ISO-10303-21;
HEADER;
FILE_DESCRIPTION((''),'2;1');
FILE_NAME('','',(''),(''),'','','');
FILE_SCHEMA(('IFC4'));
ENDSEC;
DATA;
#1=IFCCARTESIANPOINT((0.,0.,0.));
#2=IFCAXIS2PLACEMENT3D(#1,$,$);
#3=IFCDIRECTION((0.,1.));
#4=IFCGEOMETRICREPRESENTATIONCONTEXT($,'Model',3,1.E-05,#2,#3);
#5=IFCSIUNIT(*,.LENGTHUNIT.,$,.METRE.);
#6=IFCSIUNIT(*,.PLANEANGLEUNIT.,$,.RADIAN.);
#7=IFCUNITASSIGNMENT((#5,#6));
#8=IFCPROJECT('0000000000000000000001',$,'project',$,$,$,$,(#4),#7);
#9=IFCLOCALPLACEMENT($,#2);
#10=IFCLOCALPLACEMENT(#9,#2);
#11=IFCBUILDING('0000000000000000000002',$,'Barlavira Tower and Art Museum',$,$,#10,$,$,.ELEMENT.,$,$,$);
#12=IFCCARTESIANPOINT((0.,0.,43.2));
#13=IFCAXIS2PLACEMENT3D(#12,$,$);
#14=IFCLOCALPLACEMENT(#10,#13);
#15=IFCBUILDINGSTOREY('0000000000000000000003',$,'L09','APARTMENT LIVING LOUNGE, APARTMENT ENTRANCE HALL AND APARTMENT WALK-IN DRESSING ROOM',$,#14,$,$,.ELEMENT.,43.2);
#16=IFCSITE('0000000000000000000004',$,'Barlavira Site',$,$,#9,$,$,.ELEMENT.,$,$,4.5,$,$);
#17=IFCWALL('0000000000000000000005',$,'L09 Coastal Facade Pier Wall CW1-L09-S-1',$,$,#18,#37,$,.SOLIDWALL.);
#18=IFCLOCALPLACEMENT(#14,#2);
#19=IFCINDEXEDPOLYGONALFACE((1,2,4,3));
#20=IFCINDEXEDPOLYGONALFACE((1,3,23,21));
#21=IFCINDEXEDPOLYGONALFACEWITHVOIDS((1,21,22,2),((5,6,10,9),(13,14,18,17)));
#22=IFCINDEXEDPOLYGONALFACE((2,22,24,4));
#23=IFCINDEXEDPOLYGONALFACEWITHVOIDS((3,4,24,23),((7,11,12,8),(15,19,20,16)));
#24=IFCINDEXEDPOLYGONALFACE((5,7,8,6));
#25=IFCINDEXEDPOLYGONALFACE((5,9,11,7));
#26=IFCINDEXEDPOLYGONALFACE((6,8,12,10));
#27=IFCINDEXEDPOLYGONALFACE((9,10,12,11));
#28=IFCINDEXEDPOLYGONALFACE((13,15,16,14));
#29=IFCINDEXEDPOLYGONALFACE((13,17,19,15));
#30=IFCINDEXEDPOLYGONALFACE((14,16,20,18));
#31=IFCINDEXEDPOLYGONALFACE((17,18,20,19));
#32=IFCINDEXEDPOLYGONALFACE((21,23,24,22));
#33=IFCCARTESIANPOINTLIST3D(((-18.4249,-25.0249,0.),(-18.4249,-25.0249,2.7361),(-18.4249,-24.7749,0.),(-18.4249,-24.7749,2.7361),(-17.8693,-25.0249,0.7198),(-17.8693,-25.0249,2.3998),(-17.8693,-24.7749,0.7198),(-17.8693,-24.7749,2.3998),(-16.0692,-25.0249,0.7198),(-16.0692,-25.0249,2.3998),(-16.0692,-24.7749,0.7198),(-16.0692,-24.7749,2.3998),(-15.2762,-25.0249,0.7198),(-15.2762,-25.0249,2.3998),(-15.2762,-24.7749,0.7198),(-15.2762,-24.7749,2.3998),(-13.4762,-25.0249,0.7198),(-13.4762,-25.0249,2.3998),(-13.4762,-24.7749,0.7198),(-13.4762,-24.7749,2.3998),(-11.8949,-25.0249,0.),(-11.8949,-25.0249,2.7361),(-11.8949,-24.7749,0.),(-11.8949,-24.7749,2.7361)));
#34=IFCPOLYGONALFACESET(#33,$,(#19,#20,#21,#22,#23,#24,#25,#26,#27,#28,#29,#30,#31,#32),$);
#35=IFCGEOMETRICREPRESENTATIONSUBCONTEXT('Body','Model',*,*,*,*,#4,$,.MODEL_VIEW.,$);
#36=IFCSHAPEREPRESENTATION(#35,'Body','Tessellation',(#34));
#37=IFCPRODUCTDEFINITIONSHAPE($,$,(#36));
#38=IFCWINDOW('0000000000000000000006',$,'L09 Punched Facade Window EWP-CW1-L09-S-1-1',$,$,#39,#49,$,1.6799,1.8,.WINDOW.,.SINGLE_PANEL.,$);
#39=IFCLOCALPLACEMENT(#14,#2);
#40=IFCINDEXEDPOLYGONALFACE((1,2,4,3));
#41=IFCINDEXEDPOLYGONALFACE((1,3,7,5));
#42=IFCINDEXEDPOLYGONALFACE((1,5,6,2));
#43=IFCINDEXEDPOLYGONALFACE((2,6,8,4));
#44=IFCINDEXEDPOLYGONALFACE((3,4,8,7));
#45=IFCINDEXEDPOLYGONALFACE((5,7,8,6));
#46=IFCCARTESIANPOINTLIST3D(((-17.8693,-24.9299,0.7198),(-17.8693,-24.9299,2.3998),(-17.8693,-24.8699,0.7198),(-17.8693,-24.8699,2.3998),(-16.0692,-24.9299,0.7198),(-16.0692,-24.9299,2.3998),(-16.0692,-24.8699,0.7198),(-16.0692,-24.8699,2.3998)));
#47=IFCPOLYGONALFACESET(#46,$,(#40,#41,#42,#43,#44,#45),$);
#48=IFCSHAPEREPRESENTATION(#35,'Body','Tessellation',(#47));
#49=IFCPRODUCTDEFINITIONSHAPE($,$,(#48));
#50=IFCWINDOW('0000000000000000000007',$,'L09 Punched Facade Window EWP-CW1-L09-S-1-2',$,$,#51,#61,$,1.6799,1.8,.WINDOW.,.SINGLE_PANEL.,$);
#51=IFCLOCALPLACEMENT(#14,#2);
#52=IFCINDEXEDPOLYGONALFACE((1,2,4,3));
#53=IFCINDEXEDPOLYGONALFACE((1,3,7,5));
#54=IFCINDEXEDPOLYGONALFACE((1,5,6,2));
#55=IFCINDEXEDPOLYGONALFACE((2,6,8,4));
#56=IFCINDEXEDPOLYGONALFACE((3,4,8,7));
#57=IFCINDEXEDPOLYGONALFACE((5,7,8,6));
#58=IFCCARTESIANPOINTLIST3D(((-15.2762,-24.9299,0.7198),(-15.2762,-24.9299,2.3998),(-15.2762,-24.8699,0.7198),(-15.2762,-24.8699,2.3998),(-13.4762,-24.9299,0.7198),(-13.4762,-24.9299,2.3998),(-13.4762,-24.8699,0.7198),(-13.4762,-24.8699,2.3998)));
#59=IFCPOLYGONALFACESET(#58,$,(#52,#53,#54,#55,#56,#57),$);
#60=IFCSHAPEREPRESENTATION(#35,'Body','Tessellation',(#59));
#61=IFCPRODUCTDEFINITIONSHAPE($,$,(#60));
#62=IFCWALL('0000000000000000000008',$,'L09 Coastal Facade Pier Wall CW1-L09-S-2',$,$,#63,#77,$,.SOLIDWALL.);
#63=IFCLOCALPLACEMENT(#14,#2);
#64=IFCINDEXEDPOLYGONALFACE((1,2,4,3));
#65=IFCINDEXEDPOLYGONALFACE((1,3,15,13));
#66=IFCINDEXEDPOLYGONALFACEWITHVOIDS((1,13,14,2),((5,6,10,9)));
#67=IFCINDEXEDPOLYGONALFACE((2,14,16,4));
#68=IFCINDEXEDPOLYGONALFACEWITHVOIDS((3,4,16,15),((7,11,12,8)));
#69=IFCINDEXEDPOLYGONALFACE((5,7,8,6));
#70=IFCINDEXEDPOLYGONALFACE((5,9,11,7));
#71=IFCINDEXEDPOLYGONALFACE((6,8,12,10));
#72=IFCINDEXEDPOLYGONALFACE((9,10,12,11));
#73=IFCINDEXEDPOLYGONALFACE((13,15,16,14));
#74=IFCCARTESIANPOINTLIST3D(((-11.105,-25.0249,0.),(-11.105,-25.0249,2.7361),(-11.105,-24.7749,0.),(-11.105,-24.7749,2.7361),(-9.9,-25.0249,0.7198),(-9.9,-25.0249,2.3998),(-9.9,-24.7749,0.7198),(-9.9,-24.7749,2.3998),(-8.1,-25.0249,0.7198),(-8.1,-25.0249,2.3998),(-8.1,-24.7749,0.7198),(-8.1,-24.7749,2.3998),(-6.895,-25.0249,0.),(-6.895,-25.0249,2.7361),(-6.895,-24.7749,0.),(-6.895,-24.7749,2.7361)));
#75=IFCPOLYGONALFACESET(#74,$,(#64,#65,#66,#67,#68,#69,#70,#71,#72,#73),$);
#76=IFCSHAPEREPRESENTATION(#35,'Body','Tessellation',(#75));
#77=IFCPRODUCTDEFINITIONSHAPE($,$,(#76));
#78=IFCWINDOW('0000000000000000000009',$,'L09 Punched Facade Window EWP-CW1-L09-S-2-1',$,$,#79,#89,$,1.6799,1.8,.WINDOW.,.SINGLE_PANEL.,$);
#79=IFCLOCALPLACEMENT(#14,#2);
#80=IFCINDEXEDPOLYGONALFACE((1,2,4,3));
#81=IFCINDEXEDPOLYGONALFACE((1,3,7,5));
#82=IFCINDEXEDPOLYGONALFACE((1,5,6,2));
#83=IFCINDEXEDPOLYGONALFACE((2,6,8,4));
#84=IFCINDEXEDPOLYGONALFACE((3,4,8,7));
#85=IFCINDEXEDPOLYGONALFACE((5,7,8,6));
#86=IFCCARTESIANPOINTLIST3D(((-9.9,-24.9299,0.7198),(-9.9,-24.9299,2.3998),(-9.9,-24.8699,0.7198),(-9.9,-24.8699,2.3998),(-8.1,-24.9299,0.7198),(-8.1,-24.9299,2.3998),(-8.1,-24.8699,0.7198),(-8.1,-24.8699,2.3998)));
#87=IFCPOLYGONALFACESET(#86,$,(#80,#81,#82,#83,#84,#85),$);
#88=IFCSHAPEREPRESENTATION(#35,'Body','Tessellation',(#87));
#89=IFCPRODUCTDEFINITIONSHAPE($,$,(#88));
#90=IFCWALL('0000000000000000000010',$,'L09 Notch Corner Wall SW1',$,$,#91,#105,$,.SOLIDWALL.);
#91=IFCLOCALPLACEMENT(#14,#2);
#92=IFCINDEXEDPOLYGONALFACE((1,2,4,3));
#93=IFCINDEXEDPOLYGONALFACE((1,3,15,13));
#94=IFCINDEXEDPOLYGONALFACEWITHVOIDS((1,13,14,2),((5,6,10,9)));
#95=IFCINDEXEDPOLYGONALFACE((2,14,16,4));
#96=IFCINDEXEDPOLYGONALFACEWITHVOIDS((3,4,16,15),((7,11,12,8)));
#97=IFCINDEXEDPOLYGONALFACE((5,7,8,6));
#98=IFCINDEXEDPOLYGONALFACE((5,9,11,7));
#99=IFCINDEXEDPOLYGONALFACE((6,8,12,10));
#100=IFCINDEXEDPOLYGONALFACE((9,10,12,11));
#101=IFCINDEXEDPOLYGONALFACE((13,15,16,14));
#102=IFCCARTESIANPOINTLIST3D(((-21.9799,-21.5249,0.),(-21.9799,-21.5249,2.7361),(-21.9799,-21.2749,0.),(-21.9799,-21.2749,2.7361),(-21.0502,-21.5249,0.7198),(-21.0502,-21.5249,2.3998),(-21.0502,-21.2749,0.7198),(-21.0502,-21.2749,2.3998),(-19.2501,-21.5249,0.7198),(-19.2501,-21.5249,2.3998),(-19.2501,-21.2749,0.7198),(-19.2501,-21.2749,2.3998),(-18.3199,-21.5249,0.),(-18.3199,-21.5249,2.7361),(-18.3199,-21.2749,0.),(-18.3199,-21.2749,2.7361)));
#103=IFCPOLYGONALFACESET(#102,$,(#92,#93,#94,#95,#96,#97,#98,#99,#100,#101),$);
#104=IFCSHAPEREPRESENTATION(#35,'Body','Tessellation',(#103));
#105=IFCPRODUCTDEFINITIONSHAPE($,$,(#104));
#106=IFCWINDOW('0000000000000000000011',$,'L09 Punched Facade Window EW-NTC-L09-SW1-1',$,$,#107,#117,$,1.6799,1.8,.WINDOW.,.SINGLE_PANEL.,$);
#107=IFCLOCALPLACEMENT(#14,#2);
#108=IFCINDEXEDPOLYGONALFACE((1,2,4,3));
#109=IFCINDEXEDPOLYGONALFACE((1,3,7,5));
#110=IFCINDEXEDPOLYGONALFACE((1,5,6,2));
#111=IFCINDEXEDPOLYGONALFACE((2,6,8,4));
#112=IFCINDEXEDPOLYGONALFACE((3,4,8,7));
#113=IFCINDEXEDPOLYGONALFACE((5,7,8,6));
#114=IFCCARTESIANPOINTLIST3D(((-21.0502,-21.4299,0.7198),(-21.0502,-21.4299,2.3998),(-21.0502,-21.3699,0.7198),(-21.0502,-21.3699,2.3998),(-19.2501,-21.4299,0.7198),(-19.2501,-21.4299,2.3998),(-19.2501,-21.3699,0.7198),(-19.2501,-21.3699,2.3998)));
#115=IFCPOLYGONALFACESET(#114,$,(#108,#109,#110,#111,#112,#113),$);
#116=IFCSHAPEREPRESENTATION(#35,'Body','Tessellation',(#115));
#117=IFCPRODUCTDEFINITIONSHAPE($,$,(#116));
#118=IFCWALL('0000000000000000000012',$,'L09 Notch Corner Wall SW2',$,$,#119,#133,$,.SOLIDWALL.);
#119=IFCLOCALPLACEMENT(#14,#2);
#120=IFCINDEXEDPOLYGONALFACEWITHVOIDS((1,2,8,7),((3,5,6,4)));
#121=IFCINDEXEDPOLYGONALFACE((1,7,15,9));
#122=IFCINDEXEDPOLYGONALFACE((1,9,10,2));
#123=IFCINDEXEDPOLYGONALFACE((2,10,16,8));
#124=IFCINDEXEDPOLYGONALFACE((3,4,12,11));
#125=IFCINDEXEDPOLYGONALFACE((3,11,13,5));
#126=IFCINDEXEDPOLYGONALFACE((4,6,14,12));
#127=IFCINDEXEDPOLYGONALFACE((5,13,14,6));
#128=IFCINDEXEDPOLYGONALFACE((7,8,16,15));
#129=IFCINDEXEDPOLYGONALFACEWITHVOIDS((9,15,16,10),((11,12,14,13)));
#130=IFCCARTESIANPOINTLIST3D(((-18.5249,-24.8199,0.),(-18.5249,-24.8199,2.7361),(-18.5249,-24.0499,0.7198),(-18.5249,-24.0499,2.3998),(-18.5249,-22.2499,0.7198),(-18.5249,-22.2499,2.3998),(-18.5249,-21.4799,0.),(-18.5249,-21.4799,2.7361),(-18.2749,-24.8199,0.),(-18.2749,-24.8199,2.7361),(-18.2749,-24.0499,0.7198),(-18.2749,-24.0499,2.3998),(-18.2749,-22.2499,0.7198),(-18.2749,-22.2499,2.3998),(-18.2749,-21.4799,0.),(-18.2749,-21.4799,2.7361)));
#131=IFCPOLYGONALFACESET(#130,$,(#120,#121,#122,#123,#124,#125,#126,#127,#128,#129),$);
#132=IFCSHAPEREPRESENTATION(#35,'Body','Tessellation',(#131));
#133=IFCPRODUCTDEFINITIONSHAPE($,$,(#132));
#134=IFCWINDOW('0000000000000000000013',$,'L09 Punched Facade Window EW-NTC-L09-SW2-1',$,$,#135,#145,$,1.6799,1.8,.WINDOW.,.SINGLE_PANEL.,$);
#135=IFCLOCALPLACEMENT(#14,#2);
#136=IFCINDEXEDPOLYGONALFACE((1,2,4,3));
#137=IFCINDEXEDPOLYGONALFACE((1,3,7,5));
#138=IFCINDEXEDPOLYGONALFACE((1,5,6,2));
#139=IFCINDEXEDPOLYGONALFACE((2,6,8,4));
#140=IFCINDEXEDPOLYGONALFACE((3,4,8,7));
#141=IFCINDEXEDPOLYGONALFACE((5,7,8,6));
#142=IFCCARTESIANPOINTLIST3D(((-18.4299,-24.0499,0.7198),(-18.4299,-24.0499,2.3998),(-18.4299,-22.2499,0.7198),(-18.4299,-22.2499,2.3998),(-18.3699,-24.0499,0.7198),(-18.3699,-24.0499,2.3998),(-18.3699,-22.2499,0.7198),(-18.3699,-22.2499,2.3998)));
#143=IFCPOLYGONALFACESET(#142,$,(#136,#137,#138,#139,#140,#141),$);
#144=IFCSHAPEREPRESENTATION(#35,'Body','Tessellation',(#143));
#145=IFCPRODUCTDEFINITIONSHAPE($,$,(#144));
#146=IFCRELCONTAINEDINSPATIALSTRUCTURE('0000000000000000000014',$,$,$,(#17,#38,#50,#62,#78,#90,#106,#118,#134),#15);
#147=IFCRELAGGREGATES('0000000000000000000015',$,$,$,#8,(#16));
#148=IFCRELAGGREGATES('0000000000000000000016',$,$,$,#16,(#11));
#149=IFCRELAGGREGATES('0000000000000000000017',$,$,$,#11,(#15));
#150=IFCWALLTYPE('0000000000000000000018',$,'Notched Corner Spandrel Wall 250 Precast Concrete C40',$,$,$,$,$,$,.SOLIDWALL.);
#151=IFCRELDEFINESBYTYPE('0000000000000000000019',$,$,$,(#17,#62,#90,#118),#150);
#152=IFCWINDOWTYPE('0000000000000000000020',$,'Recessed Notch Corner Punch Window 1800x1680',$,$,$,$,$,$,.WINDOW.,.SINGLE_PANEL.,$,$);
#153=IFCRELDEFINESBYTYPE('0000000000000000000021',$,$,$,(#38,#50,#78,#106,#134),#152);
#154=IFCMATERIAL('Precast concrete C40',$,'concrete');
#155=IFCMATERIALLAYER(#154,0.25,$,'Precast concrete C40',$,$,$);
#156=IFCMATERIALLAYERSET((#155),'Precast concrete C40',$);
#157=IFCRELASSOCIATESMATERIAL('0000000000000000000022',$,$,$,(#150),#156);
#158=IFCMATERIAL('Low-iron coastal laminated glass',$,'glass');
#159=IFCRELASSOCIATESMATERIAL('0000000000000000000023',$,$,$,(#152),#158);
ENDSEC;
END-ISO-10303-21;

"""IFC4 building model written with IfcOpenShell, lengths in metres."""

from ifc_helpers import new_model, si_unit, direction, frame, frame_2d, origin, place, context, subcontext, project, spatial, rectangle, extrude, material, layer, layer_set, type_object, element, fill, save


model = new_model("IFC4")

# Units and contexts
model_context = context("Model", 3, precision=1e-05, world=origin(), true_north=direction((0.0, 1.0)))
body_context = subcontext(model_context, "Body", "Model", "MODEL_VIEW")
ifc_project = project(units=[si_unit("LENGTHUNIT", "METRE"), si_unit("PLANEANGLEUNIT", "RADIAN")], contexts=[model_context])

# Site, building, storey
site_placement = place(None, origin())
site = spatial("IfcSite", under=ifc_project, at=site_placement, Name="Barlavira Site", CompositionType="ELEMENT", RefElevation=4.5)
building_placement = place(site_placement, origin())
building = spatial("IfcBuilding", under=site, at=building_placement, Name="Barlavira Tower and Art Museum", CompositionType="ELEMENT")
storey_placement = place(building_placement, frame((0.0, 0.0, 43.2)))
storey = spatial("IfcBuildingStorey", under=building, at=storey_placement, Name="L09", Description="APARTMENT LIVING LOUNGE, APARTMENT ENTRANCE HALL AND APARTMENT WALK-IN DRESSING ROOM", CompositionType="ELEMENT", Elevation=43.2)

# Wall, openings, windows
ifc_material_1 = material(Name="Precast concrete C40", Category="concrete")
ifc_layer_1 = layer(ifc_material_1, 0.25, Name="Precast concrete C40")
ifc_layer_set_1 = layer_set([ifc_layer_1], Name="Precast concrete C40")
wall_type_1 = type_object("IfcWallType", Name="Notched Corner Spandrel Wall 250 Precast Concrete C40", PredefinedType="SOLIDWALL", material=ifc_layer_set_1)
wall_1_placement = place(storey_placement, frame((-18.425, -24.8999, 0.0), z_axis=(0.0, 0.0, 1.0), x_axis=(1.0, 0.0, 0.0)))
wall_1 = element("IfcWall", 1, at=wall_1_placement, inside=storey, type_object=wall_type_1, Name="L09 Coastal Facade Pier Wall CW1-L09-S-1", PredefinedType="SOLIDWALL", context=body_context, shape_type="SweptSolid", body=[
    extrude(rectangle(XDim=6.53, YDim=0.25, at=frame_2d((3.2651, 0.0))), origin(), (0.0, 0.0, 1.0), 2.7361),
])
opening_1_placement = place(wall_1_placement, frame((0.5559, 0.0, 0.72)))
opening_1 = element("IfcOpeningElement", 2, at=opening_1_placement, cuts=wall_1, PredefinedType="OPENING", context=body_context, shape_type="SweptSolid", body=[
    extrude(rectangle(XDim=1.8, YDim=1.6799, at=frame_2d((0.8999, 0.8398))), frame((0.0, 0.135, 0.0), z_axis=(0.0, -1.0, 0.0), x_axis=(1.0, 0.0, 0.0)), (0.0, 0.0, 1.0), 0.27),
])
opening_2_placement = place(wall_1_placement, frame((3.1489, 0.0, 0.72)))
opening_2 = element("IfcOpeningElement", 3, at=opening_2_placement, cuts=wall_1, PredefinedType="OPENING", context=body_context, shape_type="SweptSolid", body=[
    extrude(rectangle(XDim=1.8, YDim=1.6799, at=frame_2d((0.8999, 0.8398))), frame((0.0, 0.135, 0.0), z_axis=(0.0, -1.0, 0.0), x_axis=(1.0, 0.0, 0.0)), (0.0, 0.0, 1.0), 0.27),
])
ifc_material_2 = material(Name="Low-iron coastal laminated glass", Category="glass")
window_type = type_object("IfcWindowType", Name="Recessed Notch Corner Punch Window 1800x1680", PartitioningType="SINGLE_PANEL", PredefinedType="WINDOW", material=ifc_material_2)
window_1_placement = place(opening_1_placement, origin())
window_1 = element("IfcWindow", 4, at=window_1_placement, inside=storey, type_object=window_type, Name="L09 Punched Facade Window EWP-CW1-L09-S-1-1", OverallHeight=1.6799, OverallWidth=1.8, PartitioningType="SINGLE_PANEL", PredefinedType="WINDOW", context=body_context, shape_type="SweptSolid", body=[
    extrude(rectangle(XDim=1.8, YDim=1.6799, at=frame_2d((0.8999, 0.8398))), frame((0.0, 0.03, 0.0), z_axis=(0.0, -1.0, 0.0), x_axis=(1.0, 0.0, 0.0)), (0.0, 0.0, 1.0), 0.0601),
])
fill(opening_1, window_1)
window_2_placement = place(opening_2_placement, origin())
window_2 = element("IfcWindow", 5, at=window_2_placement, inside=storey, type_object=window_type, Name="L09 Punched Facade Window EWP-CW1-L09-S-1-2", OverallHeight=1.6799, OverallWidth=1.8, PartitioningType="SINGLE_PANEL", PredefinedType="WINDOW", context=body_context, shape_type="SweptSolid", body=[
    extrude(rectangle(XDim=1.8, YDim=1.6799, at=frame_2d((0.8999, 0.8398))), frame((0.0, 0.03, 0.0), z_axis=(0.0, -1.0, 0.0), x_axis=(1.0, 0.0, 0.0)), (0.0, 0.0, 1.0), 0.0601),
])
fill(opening_2, window_2)

# Walls, openings, windows
wall_2_placement = place(storey_placement, frame((-11.105, -24.8999, 0.0), z_axis=(0.0, 0.0, 1.0), x_axis=(1.0, 0.0, 0.0)))
wall_2 = element("IfcWall", 6, at=wall_2_placement, inside=storey, type_object=wall_type_1, Name="L09 Coastal Facade Pier Wall CW1-L09-S-2", PredefinedType="SOLIDWALL", context=body_context, shape_type="SweptSolid", body=[
    extrude(rectangle(XDim=4.21, YDim=0.25, at=frame_2d((2.105, 0.0))), origin(), (0.0, 0.0, 1.0), 2.7361),
])
opening_3_placement = place(wall_2_placement, frame((1.2051, 0.0, 0.72)))
opening_3 = element("IfcOpeningElement", 7, at=opening_3_placement, cuts=wall_2, PredefinedType="OPENING", context=body_context, shape_type="SweptSolid", body=[
    extrude(rectangle(XDim=1.8, YDim=1.6799, at=frame_2d((0.8999, 0.8398))), frame((0.0, 0.135, 0.0), z_axis=(0.0, -1.0, 0.0), x_axis=(1.0, 0.0, 0.0)), (0.0, 0.0, 1.0), 0.27),
])
window_3_placement = place(opening_3_placement, origin())
window_3 = element("IfcWindow", 8, at=window_3_placement, inside=storey, type_object=window_type, Name="L09 Punched Facade Window EWP-CW1-L09-S-2-1", OverallHeight=1.6799, OverallWidth=1.8, PartitioningType="SINGLE_PANEL", PredefinedType="WINDOW", context=body_context, shape_type="SweptSolid", body=[
    extrude(rectangle(XDim=1.8, YDim=1.6799, at=frame_2d((0.8999, 0.8398))), frame((0.0, 0.03, 0.0), z_axis=(0.0, -1.0, 0.0), x_axis=(1.0, 0.0, 0.0)), (0.0, 0.0, 1.0), 0.0601),
])
fill(opening_3, window_3)
wall_3_placement = place(storey_placement, frame((-21.98, -21.3999, 0.0), z_axis=(0.0, 0.0, 1.0), x_axis=(1.0, 0.0, 0.0)))
wall_3 = element("IfcWall", 9, at=wall_3_placement, inside=storey, type_object=wall_type_1, Name="L09 Notch Corner Wall SW1", PredefinedType="SOLIDWALL", context=body_context, shape_type="SweptSolid", body=[
    extrude(rectangle(XDim=3.6599, YDim=0.25, at=frame_2d((1.8301, 0.0))), origin(), (0.0, 0.0, 1.0), 2.7361),
])
opening_4_placement = place(wall_3_placement, frame((0.9299, 0.0, 0.72)))
opening_4 = element("IfcOpeningElement", 10, at=opening_4_placement, cuts=wall_3, PredefinedType="OPENING", context=body_context, shape_type="SweptSolid", body=[
    extrude(rectangle(XDim=1.8, YDim=1.6799, at=frame_2d((0.8999, 0.8398))), frame((0.0, 0.135, 0.0), z_axis=(0.0, -1.0, 0.0), x_axis=(1.0, 0.0, 0.0)), (0.0, 0.0, 1.0), 0.27),
])
window_4_placement = place(opening_4_placement, origin())
window_4 = element("IfcWindow", 11, at=window_4_placement, inside=storey, type_object=window_type, Name="L09 Punched Facade Window EW-NTC-L09-SW1-1", OverallHeight=1.6799, OverallWidth=1.8, PartitioningType="SINGLE_PANEL", PredefinedType="WINDOW", context=body_context, shape_type="SweptSolid", body=[
    extrude(rectangle(XDim=1.8, YDim=1.6799, at=frame_2d((0.8999, 0.8398))), frame((0.0, 0.03, 0.0), z_axis=(0.0, -1.0, 0.0), x_axis=(1.0, 0.0, 0.0)), (0.0, 0.0, 1.0), 0.0601),
])
fill(opening_4, window_4)
wall_4_placement = place(storey_placement, frame((-18.3999, -21.48, 0.0), z_axis=(0.0, 0.0, 1.0), x_axis=(0.0, -1.0, 0.0)))
wall_4 = element("IfcWall", 12, at=wall_4_placement, inside=storey, type_object=wall_type_1, Name="L09 Notch Corner Wall SW2", PredefinedType="SOLIDWALL", context=body_context, shape_type="SweptSolid", body=[
    extrude(rectangle(XDim=3.3401, YDim=0.25, at=frame_2d((1.6699, 0.0))), origin(), (0.0, 0.0, 1.0), 2.7361),
])
opening_5_placement = place(wall_4_placement, frame((0.77, 0.0, 0.72)))
opening_5 = element("IfcOpeningElement", 13, at=opening_5_placement, cuts=wall_4, PredefinedType="OPENING", context=body_context, shape_type="SweptSolid", body=[
    extrude(rectangle(XDim=1.8, YDim=1.6799, at=frame_2d((0.8999, 0.8398))), frame((0.0, 0.135, 0.0), z_axis=(0.0, -1.0, 0.0), x_axis=(1.0, 0.0, 0.0)), (0.0, 0.0, 1.0), 0.27),
])
window_5_placement = place(opening_5_placement, origin())
window_5 = element("IfcWindow", 14, at=window_5_placement, inside=storey, type_object=window_type, Name="L09 Punched Facade Window EW-NTC-L09-SW2-1", OverallHeight=1.6799, OverallWidth=1.8, PartitioningType="SINGLE_PANEL", PredefinedType="WINDOW", context=body_context, shape_type="SweptSolid", body=[
    extrude(rectangle(XDim=1.8, YDim=1.6799, at=frame_2d((0.8999, 0.8398))), frame((0.0, 0.03, 0.0), z_axis=(0.0, -1.0, 0.0), x_axis=(1.0, 0.0, 0.0)), (0.0, 0.0, 1.0), 0.0601),
])
fill(opening_5, window_5)

save(model, "model.ifc")
